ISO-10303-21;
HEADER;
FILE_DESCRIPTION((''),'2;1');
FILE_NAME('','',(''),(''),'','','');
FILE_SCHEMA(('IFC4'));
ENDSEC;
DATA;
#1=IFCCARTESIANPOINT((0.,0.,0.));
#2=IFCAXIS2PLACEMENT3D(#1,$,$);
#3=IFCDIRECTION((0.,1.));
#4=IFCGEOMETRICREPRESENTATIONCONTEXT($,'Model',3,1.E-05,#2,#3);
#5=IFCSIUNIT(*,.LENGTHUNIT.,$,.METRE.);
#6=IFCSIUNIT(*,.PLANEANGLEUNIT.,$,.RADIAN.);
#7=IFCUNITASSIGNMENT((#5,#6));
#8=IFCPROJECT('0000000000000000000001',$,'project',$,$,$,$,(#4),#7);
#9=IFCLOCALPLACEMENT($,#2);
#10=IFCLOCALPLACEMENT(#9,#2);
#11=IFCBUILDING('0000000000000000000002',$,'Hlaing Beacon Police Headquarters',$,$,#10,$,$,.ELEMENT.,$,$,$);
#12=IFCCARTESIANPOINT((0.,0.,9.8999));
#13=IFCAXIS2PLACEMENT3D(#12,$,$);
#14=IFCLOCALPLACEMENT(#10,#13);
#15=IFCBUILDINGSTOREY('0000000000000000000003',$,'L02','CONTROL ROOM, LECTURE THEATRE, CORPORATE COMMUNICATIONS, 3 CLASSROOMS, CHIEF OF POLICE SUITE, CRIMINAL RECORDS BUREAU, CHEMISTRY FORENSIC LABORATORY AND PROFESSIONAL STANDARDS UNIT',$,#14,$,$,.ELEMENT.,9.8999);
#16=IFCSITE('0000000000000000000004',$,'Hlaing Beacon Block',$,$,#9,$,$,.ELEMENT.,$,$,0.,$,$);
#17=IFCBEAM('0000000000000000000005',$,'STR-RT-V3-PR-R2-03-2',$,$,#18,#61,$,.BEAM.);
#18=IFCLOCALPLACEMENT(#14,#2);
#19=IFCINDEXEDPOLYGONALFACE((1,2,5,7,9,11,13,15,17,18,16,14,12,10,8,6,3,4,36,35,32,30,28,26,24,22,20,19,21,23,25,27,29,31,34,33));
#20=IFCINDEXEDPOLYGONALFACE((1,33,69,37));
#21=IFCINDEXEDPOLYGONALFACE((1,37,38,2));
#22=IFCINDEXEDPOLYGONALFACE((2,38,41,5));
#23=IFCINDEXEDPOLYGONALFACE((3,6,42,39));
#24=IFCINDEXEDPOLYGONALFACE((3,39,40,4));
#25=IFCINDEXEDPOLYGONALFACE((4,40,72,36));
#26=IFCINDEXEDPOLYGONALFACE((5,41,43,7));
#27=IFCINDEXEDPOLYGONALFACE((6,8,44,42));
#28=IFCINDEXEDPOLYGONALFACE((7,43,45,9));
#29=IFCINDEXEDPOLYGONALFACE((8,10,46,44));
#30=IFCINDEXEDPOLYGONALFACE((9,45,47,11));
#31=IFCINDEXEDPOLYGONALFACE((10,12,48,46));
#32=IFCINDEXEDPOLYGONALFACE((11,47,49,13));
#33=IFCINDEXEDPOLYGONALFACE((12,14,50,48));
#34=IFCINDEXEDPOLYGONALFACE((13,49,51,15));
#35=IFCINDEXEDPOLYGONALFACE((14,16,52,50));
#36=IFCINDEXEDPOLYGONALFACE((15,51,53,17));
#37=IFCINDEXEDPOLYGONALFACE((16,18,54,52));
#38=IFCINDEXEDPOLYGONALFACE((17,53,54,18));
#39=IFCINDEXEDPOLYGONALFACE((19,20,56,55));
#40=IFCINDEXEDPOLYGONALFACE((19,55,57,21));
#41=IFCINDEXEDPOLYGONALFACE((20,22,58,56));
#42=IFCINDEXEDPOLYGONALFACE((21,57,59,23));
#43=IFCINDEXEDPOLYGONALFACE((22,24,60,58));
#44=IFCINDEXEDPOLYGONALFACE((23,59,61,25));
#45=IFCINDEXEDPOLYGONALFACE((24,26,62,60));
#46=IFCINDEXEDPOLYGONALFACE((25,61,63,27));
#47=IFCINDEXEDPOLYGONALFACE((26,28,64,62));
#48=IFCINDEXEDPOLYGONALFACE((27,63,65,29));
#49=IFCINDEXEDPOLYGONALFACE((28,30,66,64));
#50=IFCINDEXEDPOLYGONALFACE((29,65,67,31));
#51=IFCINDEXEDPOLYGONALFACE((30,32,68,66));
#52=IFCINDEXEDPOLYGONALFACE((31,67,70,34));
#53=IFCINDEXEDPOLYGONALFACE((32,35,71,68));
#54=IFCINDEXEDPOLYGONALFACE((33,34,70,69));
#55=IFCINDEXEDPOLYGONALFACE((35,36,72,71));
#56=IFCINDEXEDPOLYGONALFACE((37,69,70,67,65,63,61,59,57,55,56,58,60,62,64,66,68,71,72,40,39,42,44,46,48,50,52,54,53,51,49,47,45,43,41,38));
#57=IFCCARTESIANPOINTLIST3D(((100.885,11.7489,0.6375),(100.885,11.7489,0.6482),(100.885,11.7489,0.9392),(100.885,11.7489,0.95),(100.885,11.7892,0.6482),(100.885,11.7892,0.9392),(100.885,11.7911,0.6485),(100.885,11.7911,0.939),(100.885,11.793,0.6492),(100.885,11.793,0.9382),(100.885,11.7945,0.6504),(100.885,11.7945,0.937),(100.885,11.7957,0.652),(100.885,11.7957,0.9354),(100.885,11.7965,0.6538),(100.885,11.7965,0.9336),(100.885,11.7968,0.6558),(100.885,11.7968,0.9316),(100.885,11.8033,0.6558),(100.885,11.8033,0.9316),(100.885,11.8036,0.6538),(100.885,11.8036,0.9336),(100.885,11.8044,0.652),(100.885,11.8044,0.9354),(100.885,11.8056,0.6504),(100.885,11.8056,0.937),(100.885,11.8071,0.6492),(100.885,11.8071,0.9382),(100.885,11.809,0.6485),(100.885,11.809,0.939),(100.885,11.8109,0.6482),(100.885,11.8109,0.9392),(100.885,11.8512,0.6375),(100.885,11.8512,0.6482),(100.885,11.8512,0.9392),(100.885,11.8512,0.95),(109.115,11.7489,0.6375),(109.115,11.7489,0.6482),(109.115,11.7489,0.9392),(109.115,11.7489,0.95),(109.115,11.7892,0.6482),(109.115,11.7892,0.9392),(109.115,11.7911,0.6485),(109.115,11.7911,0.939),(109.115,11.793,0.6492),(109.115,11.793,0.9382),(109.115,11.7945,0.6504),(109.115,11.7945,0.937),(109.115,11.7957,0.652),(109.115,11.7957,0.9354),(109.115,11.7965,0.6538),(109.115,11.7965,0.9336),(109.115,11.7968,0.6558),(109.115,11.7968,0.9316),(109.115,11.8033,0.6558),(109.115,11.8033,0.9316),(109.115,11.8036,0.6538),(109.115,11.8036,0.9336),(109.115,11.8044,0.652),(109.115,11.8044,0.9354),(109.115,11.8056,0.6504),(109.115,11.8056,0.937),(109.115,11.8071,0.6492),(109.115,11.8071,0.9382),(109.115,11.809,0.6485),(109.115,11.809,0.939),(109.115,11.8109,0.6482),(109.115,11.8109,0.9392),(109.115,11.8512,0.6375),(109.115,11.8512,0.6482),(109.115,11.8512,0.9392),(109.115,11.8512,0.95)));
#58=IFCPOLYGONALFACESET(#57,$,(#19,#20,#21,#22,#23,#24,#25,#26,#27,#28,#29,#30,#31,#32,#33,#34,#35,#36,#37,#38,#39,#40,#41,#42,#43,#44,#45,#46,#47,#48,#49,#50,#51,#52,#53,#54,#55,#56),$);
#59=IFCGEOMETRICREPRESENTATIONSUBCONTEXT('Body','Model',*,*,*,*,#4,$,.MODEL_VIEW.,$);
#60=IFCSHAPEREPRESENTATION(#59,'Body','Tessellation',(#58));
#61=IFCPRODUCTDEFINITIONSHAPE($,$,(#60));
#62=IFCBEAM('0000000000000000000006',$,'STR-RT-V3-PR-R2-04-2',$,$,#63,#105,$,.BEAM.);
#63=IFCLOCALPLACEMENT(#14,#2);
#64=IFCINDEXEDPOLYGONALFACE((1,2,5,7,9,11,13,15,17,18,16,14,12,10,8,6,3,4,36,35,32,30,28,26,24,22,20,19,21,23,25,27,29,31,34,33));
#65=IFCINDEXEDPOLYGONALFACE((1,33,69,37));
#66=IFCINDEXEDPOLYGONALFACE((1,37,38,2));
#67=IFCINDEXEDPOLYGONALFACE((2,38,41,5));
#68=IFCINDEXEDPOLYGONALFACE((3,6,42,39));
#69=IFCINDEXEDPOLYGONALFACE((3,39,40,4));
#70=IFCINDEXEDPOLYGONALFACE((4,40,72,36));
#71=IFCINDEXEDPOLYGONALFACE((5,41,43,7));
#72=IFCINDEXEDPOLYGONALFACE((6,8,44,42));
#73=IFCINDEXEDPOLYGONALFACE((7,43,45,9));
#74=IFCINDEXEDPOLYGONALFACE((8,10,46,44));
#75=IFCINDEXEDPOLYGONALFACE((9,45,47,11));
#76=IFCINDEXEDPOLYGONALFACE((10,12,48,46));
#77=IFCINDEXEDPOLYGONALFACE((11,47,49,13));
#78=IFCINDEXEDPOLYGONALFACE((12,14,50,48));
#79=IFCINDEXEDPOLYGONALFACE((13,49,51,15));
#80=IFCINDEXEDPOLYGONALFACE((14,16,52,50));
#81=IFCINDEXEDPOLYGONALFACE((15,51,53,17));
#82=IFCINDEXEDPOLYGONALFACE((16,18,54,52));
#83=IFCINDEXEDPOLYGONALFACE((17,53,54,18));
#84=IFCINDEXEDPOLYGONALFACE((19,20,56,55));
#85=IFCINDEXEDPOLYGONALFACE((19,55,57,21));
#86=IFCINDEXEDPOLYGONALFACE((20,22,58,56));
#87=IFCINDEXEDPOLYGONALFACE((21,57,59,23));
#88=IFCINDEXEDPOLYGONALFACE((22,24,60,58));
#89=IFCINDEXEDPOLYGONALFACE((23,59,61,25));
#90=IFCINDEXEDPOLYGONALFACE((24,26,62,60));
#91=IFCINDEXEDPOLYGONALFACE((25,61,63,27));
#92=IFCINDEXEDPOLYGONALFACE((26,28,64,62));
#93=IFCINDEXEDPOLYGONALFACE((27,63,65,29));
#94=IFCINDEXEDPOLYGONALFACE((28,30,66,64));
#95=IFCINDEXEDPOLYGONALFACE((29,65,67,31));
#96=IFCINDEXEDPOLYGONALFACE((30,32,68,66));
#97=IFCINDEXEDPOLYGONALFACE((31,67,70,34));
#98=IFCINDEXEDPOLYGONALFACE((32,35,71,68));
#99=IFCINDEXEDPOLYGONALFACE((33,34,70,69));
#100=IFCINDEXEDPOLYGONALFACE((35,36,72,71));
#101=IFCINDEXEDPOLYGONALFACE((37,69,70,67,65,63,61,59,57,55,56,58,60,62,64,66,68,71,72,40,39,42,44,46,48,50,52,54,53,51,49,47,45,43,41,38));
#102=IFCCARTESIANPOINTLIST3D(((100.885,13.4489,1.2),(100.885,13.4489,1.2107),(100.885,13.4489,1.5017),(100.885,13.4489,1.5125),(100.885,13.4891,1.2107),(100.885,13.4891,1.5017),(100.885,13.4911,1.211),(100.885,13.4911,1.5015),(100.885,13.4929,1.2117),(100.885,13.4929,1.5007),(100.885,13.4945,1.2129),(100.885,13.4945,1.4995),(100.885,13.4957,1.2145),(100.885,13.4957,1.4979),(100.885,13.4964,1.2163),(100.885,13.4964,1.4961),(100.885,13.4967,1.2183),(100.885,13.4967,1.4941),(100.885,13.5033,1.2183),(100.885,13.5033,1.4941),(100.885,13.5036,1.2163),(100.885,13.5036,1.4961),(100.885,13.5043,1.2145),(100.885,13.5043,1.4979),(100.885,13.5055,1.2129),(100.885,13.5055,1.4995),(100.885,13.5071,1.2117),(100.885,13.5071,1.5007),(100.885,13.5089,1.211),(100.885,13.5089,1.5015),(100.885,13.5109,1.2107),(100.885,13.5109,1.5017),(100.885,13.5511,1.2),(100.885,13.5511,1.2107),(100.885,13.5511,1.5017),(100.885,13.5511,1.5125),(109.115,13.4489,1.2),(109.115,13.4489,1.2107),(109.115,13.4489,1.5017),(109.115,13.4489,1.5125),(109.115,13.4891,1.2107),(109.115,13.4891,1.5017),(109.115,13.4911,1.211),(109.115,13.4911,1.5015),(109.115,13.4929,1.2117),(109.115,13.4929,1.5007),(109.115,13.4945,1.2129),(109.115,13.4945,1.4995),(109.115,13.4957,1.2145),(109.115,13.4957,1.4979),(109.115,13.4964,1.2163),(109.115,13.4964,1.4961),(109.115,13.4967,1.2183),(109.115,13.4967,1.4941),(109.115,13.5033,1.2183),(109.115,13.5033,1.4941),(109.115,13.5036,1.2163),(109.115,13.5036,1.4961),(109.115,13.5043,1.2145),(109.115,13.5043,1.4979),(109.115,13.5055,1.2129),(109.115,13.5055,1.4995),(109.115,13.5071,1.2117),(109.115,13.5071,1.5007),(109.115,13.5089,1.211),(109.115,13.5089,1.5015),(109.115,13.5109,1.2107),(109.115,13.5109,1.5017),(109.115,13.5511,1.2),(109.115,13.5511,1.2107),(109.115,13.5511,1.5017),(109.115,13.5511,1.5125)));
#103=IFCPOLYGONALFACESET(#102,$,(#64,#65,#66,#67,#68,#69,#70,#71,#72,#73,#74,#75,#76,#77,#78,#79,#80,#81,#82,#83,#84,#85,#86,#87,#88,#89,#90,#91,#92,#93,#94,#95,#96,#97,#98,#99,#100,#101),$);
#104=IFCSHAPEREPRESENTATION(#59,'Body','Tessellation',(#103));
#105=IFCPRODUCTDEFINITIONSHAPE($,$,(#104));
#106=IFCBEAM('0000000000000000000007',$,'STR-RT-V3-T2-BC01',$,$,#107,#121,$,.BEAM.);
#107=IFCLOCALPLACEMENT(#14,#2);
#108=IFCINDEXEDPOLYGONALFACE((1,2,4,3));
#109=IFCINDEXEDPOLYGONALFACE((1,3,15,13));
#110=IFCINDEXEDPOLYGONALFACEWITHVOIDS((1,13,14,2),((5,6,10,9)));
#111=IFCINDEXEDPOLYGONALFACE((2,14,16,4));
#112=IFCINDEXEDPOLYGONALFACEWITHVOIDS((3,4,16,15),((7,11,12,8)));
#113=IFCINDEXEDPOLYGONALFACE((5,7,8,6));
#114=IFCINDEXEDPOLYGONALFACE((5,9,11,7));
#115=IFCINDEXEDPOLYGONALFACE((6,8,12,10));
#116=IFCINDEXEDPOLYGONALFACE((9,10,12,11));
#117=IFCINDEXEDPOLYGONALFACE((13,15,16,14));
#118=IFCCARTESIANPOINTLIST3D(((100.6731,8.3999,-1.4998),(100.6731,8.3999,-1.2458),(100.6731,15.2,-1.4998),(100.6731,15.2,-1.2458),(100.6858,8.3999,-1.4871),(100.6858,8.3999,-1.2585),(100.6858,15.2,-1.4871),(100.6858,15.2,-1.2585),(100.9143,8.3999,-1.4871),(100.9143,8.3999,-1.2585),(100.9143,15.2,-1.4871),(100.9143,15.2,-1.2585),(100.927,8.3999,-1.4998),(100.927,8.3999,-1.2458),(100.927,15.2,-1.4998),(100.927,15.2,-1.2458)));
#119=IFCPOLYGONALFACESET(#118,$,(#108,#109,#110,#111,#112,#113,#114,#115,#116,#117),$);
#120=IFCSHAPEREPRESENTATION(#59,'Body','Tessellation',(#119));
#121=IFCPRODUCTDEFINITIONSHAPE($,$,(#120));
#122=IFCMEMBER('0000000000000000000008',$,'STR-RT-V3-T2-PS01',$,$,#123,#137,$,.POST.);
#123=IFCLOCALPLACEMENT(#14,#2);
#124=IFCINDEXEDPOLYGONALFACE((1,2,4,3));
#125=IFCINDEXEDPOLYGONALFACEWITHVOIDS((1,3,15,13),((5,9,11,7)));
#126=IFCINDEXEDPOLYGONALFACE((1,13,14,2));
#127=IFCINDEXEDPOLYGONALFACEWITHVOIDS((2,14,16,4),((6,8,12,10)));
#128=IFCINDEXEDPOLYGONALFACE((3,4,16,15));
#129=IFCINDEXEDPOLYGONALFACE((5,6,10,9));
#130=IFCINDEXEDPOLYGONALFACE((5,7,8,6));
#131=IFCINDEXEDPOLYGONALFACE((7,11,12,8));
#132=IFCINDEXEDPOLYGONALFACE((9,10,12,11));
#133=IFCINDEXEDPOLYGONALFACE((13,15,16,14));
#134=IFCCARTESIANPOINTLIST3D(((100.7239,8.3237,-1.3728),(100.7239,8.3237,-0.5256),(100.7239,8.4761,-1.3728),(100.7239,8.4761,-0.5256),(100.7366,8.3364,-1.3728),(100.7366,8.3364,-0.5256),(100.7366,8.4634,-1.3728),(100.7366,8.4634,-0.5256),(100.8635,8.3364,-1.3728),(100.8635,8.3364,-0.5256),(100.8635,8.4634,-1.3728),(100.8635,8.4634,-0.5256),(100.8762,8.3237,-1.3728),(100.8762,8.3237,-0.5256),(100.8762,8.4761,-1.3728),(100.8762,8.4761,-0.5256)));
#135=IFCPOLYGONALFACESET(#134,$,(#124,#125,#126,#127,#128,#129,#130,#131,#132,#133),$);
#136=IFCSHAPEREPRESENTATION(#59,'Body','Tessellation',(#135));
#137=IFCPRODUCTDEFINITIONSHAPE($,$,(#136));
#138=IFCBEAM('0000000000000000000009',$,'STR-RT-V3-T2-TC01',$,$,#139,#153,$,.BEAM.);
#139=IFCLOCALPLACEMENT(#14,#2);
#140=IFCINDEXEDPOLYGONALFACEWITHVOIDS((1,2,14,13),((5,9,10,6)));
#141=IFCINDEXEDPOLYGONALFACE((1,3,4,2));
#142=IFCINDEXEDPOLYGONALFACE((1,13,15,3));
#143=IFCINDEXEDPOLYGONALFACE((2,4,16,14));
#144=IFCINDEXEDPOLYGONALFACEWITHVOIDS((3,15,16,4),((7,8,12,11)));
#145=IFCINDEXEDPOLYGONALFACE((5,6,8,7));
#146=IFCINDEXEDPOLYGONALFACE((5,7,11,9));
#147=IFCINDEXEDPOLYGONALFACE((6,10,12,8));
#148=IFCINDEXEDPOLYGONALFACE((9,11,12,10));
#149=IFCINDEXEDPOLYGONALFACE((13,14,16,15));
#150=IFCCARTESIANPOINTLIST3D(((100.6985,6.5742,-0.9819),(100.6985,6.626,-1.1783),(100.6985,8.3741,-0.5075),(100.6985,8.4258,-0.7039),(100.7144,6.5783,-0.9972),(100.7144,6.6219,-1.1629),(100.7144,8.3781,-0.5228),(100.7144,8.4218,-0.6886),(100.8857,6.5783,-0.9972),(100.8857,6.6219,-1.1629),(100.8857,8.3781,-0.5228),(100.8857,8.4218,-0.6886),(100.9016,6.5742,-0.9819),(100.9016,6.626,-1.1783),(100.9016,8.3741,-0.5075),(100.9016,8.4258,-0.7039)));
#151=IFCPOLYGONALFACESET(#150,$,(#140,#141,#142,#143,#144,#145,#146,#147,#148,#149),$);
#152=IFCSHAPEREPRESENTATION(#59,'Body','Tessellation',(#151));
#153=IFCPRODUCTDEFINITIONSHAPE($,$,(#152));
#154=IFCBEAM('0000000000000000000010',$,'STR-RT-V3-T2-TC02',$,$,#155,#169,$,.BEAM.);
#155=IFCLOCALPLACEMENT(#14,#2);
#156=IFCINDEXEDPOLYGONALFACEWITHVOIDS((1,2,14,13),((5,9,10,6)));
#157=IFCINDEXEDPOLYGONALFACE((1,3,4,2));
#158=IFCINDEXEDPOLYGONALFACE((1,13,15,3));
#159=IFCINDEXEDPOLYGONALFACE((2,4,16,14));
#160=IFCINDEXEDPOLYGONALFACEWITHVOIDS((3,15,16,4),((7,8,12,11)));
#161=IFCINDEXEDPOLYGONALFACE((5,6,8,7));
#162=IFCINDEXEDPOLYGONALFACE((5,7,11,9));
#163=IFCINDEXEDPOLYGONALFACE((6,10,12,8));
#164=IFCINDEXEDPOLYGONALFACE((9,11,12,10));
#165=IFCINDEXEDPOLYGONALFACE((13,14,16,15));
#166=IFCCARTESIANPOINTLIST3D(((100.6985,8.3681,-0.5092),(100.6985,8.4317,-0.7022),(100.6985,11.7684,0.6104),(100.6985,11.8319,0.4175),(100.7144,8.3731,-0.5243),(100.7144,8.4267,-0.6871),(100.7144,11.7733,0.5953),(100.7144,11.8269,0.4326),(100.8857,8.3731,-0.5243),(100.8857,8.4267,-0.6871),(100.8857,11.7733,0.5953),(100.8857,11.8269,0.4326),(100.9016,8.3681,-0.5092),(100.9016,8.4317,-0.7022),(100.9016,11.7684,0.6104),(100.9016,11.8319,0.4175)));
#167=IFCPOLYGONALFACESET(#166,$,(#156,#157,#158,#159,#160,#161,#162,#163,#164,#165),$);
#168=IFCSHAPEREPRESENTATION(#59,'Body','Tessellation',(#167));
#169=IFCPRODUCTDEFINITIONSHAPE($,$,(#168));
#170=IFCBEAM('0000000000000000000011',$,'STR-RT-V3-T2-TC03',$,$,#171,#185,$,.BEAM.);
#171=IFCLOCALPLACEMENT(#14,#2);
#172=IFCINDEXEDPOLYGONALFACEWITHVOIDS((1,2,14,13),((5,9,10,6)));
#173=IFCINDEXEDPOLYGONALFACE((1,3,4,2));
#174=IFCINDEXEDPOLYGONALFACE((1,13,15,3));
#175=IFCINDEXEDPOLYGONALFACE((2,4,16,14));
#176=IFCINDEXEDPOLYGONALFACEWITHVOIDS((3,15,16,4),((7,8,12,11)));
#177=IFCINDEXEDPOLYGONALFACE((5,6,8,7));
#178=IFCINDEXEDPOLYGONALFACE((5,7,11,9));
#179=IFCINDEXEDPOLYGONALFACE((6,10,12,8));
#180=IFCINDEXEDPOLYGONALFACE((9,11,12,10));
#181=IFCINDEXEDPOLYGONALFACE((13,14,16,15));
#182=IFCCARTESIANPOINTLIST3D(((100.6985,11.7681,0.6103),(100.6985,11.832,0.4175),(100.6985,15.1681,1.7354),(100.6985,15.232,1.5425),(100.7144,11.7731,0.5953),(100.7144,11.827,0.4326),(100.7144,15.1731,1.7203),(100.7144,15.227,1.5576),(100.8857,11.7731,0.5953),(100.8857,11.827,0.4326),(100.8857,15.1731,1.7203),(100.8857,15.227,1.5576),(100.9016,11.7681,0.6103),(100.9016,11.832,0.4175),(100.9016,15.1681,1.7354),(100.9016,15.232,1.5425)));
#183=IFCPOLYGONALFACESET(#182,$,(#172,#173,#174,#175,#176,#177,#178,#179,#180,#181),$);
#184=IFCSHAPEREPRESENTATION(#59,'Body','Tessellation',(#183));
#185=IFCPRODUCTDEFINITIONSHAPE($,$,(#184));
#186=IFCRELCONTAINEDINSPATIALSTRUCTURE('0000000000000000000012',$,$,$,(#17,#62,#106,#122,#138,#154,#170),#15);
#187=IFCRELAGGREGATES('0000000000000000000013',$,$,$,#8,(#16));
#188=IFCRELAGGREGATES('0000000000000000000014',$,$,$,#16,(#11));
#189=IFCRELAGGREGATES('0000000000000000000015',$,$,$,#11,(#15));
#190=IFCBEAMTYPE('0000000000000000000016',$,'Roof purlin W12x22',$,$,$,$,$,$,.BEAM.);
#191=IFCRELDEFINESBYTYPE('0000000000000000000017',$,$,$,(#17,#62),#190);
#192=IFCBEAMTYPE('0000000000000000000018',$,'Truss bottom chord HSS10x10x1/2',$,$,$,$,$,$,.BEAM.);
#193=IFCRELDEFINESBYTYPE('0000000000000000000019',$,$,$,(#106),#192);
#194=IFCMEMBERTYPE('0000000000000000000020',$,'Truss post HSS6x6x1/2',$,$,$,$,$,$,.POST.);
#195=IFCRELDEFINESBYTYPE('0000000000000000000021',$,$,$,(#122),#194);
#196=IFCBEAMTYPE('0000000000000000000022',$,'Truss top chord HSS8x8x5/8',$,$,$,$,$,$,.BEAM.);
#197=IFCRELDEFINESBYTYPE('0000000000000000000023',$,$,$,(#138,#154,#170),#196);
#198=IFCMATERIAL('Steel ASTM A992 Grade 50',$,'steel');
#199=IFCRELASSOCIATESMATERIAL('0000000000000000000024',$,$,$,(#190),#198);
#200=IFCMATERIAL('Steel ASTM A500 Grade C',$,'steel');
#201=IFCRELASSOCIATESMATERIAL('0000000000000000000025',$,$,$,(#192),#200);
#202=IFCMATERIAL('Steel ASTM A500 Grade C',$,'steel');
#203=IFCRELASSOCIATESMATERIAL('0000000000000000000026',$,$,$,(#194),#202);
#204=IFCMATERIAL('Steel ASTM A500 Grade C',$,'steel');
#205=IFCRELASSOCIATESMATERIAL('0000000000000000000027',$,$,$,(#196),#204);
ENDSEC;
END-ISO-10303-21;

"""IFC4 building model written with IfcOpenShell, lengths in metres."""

from ifc_helpers import new_model, si_unit, direction, frame, origin, origin_2d, place, context, subcontext, project, spatial, hollow_rectangle, i_section, extrude, material, material_profile, profile_set, type_object, element, save


model = new_model("IFC4")

# Units and contexts
model_context = context("Model", 3, precision=1e-05, world=origin(), true_north=direction((0.0, 1.0)))
body_context = subcontext(model_context, "Body", "Model", "MODEL_VIEW")
ifc_project = project(units=[si_unit("LENGTHUNIT", "METRE"), si_unit("PLANEANGLEUNIT", "RADIAN")], contexts=[model_context])

# Site, building, storey
site_placement = place(None, origin())
site = spatial("IfcSite", under=ifc_project, at=site_placement, Name="Hlaing Beacon Block", CompositionType="ELEMENT", RefElevation=0.0)
building_placement = place(site_placement, origin())
building = spatial("IfcBuilding", under=site, at=building_placement, Name="Hlaing Beacon Police Headquarters", CompositionType="ELEMENT")
storey_placement = place(building_placement, frame((0.0, 0.0, 9.8999)))
storey = spatial("IfcBuildingStorey", under=building, at=storey_placement, Name="L02", Description="CONTROL ROOM, LECTURE THEATRE, CORPORATE COMMUNICATIONS, 3 CLASSROOMS, CHIEF OF POLICE SUITE, CRIMINAL RECORDS BUREAU, CHEMISTRY FORENSIC LABORATORY AND PROFESSIONAL STANDARDS UNIT", CompositionType="ELEMENT", Elevation=9.8999)

# Beams
ifc_material_1 = material(Name="Steel ASTM A992 Grade 50", Category="steel")
ifc_material_profile_1 = material_profile(ifc_material_1, i_section(OverallWidth=0.1023, OverallDepth=0.3125, WebThickness=0.0066, FlangeThickness=0.0107, FilletRadius=0.0076, at=origin_2d()), Name="W12x22")
ifc_profile_set_1 = profile_set([ifc_material_profile_1], Name="Steel ASTM A992 Grade 50")
beam_type_1 = type_object("IfcBeamType", Name="Roof purlin W12x22", PredefinedType="BEAM", material=ifc_profile_set_1)
for number, where, z_axis, x_axis, name in (
    (1, (100.885, 11.8, 0.7937), (1.0, 0.0, 0.0), (0.0, 1.0, 0.0), "STR-RT-V3-PR-R2-03-2"),
    (2, (100.885, 13.5, 1.3562), (1.0, 0.0, 0.0), (0.0, 1.0, 0.0), "STR-RT-V3-PR-R2-04-2"),
):
    element("IfcBeam", number, at=place(storey_placement, frame(where, z_axis=z_axis, x_axis=x_axis)), inside=storey, type_object=beam_type_1, Name=name, PredefinedType="BEAM", context=body_context, shape_type="SweptSolid", body=[
        extrude(i_section(OverallWidth=0.1023, OverallDepth=0.3125, WebThickness=0.0066, FlangeThickness=0.0107, FilletRadius=0.0076, at=origin_2d()), origin(), (0.0, 0.0, 1.0), 8.23),
    ])
ifc_material_2 = material(Name="Steel ASTM A500 Grade C", Category="steel")
ifc_material_profile_2 = material_profile(ifc_material_2, hollow_rectangle(XDim=0.2539, YDim=0.2539, WallThickness=0.0127, at=origin_2d()), Name="HSS10x10x1/2")
ifc_profile_set_2 = profile_set([ifc_material_profile_2], Name="Steel ASTM A500 Grade C")
beam_type_2 = type_object("IfcBeamType", Name="Truss bottom chord HSS10x10x1/2", PredefinedType="BEAM", material=ifc_profile_set_2)
beam_1_placement = place(storey_placement, frame((100.8, 8.3999, -1.3728), z_axis=(0.0, 1.0, 0.0), x_axis=(-1.0, 0.0, 0.0)))
element("IfcBeam", 3, at=beam_1_placement, inside=storey, type_object=beam_type_2, Name="STR-RT-V3-T2-BC01", PredefinedType="BEAM", context=body_context, shape_type="SweptSolid", body=[
    extrude(hollow_rectangle(XDim=0.2539, YDim=0.2539, WallThickness=0.0127, at=origin_2d()), origin(), (0.0, 0.0, 1.0), 6.8),
])

# Member
ifc_material_3 = material(Name="Steel ASTM A500 Grade C", Category="steel")
ifc_material_profile_3 = material_profile(ifc_material_3, hollow_rectangle(XDim=0.1523, YDim=0.1523, WallThickness=0.0127, at=origin_2d()), Name="HSS6x6x1/2")
ifc_profile_set_3 = profile_set([ifc_material_profile_3], Name="Steel ASTM A500 Grade C")
member_type_1 = type_object("IfcMemberType", Name="Truss post HSS6x6x1/2", PredefinedType="POST", material=ifc_profile_set_3)
member_1_placement = place(storey_placement, frame((100.8, 8.3999, -1.3728), z_axis=(0.0, 0.0, 1.0), x_axis=(1.0, 0.0, 0.0)))
element("IfcMember", 4, at=member_1_placement, inside=storey, type_object=member_type_1, Name="STR-RT-V3-T2-PS01", PredefinedType="POST", context=body_context, shape_type="SweptSolid", body=[
    extrude(hollow_rectangle(XDim=0.1523, YDim=0.1523, WallThickness=0.0127, at=origin_2d()), origin(), (0.0, 0.0, 1.0), 0.8472),
])

# Beams
ifc_material_4 = material(Name="Steel ASTM A500 Grade C", Category="steel")
ifc_material_profile_4 = material_profile(ifc_material_4, hollow_rectangle(XDim=0.2031, YDim=0.2031, WallThickness=0.0159, at=origin_2d()), Name="HSS8x8x5/8")
ifc_profile_set_4 = profile_set([ifc_material_profile_4], Name="Steel ASTM A500 Grade C")
beam_type_3 = type_object("IfcBeamType", Name="Truss top chord HSS8x8x5/8", PredefinedType="BEAM", material=ifc_profile_set_4)
beam_2_placement = place(storey_placement, frame((100.8, 6.6001, -1.0801), z_axis=(0.0, 0.966978, 0.254861), x_axis=(-1.0, 0.0, 0.0)))
element("IfcBeam", 5, at=beam_2_placement, inside=storey, type_object=beam_type_3, Name="STR-RT-V3-T2-TC01", PredefinedType="BEAM", context=body_context, shape_type="SweptSolid", body=[
    extrude(hollow_rectangle(XDim=0.2031, YDim=0.2031, WallThickness=0.0159, at=origin_2d()), origin(), (0.0, 0.0, 1.0), 1.8613),
])
beam_3_placement = place(storey_placement, frame((100.8, 8.3999, -0.6057), z_axis=(0.0, 0.94983, 0.312768), x_axis=(-1.0, 0.0, 0.0)))
element("IfcBeam", 6, at=beam_3_placement, inside=storey, type_object=beam_type_3, Name="STR-RT-V3-T2-TC02", PredefinedType="BEAM", context=body_context, shape_type="SweptSolid", body=[
    extrude(hollow_rectangle(XDim=0.2031, YDim=0.2031, WallThickness=0.0159, at=origin_2d()), origin(), (0.0, 0.0, 1.0), 3.5798),
])
beam_4_placement = place(storey_placement, frame((100.8, 11.8, 0.5139), z_axis=(0.0, 0.949376, 0.314141), x_axis=(-1.0, 0.0, 0.0)))
element("IfcBeam", 7, at=beam_4_placement, inside=storey, type_object=beam_type_3, Name="STR-RT-V3-T2-TC03", PredefinedType="BEAM", context=body_context, shape_type="SweptSolid", body=[
    extrude(hollow_rectangle(XDim=0.2031, YDim=0.2031, WallThickness=0.0159, at=origin_2d()), origin(), (0.0, 0.0, 1.0), 3.5813),
])

save(model, "model.ifc")
